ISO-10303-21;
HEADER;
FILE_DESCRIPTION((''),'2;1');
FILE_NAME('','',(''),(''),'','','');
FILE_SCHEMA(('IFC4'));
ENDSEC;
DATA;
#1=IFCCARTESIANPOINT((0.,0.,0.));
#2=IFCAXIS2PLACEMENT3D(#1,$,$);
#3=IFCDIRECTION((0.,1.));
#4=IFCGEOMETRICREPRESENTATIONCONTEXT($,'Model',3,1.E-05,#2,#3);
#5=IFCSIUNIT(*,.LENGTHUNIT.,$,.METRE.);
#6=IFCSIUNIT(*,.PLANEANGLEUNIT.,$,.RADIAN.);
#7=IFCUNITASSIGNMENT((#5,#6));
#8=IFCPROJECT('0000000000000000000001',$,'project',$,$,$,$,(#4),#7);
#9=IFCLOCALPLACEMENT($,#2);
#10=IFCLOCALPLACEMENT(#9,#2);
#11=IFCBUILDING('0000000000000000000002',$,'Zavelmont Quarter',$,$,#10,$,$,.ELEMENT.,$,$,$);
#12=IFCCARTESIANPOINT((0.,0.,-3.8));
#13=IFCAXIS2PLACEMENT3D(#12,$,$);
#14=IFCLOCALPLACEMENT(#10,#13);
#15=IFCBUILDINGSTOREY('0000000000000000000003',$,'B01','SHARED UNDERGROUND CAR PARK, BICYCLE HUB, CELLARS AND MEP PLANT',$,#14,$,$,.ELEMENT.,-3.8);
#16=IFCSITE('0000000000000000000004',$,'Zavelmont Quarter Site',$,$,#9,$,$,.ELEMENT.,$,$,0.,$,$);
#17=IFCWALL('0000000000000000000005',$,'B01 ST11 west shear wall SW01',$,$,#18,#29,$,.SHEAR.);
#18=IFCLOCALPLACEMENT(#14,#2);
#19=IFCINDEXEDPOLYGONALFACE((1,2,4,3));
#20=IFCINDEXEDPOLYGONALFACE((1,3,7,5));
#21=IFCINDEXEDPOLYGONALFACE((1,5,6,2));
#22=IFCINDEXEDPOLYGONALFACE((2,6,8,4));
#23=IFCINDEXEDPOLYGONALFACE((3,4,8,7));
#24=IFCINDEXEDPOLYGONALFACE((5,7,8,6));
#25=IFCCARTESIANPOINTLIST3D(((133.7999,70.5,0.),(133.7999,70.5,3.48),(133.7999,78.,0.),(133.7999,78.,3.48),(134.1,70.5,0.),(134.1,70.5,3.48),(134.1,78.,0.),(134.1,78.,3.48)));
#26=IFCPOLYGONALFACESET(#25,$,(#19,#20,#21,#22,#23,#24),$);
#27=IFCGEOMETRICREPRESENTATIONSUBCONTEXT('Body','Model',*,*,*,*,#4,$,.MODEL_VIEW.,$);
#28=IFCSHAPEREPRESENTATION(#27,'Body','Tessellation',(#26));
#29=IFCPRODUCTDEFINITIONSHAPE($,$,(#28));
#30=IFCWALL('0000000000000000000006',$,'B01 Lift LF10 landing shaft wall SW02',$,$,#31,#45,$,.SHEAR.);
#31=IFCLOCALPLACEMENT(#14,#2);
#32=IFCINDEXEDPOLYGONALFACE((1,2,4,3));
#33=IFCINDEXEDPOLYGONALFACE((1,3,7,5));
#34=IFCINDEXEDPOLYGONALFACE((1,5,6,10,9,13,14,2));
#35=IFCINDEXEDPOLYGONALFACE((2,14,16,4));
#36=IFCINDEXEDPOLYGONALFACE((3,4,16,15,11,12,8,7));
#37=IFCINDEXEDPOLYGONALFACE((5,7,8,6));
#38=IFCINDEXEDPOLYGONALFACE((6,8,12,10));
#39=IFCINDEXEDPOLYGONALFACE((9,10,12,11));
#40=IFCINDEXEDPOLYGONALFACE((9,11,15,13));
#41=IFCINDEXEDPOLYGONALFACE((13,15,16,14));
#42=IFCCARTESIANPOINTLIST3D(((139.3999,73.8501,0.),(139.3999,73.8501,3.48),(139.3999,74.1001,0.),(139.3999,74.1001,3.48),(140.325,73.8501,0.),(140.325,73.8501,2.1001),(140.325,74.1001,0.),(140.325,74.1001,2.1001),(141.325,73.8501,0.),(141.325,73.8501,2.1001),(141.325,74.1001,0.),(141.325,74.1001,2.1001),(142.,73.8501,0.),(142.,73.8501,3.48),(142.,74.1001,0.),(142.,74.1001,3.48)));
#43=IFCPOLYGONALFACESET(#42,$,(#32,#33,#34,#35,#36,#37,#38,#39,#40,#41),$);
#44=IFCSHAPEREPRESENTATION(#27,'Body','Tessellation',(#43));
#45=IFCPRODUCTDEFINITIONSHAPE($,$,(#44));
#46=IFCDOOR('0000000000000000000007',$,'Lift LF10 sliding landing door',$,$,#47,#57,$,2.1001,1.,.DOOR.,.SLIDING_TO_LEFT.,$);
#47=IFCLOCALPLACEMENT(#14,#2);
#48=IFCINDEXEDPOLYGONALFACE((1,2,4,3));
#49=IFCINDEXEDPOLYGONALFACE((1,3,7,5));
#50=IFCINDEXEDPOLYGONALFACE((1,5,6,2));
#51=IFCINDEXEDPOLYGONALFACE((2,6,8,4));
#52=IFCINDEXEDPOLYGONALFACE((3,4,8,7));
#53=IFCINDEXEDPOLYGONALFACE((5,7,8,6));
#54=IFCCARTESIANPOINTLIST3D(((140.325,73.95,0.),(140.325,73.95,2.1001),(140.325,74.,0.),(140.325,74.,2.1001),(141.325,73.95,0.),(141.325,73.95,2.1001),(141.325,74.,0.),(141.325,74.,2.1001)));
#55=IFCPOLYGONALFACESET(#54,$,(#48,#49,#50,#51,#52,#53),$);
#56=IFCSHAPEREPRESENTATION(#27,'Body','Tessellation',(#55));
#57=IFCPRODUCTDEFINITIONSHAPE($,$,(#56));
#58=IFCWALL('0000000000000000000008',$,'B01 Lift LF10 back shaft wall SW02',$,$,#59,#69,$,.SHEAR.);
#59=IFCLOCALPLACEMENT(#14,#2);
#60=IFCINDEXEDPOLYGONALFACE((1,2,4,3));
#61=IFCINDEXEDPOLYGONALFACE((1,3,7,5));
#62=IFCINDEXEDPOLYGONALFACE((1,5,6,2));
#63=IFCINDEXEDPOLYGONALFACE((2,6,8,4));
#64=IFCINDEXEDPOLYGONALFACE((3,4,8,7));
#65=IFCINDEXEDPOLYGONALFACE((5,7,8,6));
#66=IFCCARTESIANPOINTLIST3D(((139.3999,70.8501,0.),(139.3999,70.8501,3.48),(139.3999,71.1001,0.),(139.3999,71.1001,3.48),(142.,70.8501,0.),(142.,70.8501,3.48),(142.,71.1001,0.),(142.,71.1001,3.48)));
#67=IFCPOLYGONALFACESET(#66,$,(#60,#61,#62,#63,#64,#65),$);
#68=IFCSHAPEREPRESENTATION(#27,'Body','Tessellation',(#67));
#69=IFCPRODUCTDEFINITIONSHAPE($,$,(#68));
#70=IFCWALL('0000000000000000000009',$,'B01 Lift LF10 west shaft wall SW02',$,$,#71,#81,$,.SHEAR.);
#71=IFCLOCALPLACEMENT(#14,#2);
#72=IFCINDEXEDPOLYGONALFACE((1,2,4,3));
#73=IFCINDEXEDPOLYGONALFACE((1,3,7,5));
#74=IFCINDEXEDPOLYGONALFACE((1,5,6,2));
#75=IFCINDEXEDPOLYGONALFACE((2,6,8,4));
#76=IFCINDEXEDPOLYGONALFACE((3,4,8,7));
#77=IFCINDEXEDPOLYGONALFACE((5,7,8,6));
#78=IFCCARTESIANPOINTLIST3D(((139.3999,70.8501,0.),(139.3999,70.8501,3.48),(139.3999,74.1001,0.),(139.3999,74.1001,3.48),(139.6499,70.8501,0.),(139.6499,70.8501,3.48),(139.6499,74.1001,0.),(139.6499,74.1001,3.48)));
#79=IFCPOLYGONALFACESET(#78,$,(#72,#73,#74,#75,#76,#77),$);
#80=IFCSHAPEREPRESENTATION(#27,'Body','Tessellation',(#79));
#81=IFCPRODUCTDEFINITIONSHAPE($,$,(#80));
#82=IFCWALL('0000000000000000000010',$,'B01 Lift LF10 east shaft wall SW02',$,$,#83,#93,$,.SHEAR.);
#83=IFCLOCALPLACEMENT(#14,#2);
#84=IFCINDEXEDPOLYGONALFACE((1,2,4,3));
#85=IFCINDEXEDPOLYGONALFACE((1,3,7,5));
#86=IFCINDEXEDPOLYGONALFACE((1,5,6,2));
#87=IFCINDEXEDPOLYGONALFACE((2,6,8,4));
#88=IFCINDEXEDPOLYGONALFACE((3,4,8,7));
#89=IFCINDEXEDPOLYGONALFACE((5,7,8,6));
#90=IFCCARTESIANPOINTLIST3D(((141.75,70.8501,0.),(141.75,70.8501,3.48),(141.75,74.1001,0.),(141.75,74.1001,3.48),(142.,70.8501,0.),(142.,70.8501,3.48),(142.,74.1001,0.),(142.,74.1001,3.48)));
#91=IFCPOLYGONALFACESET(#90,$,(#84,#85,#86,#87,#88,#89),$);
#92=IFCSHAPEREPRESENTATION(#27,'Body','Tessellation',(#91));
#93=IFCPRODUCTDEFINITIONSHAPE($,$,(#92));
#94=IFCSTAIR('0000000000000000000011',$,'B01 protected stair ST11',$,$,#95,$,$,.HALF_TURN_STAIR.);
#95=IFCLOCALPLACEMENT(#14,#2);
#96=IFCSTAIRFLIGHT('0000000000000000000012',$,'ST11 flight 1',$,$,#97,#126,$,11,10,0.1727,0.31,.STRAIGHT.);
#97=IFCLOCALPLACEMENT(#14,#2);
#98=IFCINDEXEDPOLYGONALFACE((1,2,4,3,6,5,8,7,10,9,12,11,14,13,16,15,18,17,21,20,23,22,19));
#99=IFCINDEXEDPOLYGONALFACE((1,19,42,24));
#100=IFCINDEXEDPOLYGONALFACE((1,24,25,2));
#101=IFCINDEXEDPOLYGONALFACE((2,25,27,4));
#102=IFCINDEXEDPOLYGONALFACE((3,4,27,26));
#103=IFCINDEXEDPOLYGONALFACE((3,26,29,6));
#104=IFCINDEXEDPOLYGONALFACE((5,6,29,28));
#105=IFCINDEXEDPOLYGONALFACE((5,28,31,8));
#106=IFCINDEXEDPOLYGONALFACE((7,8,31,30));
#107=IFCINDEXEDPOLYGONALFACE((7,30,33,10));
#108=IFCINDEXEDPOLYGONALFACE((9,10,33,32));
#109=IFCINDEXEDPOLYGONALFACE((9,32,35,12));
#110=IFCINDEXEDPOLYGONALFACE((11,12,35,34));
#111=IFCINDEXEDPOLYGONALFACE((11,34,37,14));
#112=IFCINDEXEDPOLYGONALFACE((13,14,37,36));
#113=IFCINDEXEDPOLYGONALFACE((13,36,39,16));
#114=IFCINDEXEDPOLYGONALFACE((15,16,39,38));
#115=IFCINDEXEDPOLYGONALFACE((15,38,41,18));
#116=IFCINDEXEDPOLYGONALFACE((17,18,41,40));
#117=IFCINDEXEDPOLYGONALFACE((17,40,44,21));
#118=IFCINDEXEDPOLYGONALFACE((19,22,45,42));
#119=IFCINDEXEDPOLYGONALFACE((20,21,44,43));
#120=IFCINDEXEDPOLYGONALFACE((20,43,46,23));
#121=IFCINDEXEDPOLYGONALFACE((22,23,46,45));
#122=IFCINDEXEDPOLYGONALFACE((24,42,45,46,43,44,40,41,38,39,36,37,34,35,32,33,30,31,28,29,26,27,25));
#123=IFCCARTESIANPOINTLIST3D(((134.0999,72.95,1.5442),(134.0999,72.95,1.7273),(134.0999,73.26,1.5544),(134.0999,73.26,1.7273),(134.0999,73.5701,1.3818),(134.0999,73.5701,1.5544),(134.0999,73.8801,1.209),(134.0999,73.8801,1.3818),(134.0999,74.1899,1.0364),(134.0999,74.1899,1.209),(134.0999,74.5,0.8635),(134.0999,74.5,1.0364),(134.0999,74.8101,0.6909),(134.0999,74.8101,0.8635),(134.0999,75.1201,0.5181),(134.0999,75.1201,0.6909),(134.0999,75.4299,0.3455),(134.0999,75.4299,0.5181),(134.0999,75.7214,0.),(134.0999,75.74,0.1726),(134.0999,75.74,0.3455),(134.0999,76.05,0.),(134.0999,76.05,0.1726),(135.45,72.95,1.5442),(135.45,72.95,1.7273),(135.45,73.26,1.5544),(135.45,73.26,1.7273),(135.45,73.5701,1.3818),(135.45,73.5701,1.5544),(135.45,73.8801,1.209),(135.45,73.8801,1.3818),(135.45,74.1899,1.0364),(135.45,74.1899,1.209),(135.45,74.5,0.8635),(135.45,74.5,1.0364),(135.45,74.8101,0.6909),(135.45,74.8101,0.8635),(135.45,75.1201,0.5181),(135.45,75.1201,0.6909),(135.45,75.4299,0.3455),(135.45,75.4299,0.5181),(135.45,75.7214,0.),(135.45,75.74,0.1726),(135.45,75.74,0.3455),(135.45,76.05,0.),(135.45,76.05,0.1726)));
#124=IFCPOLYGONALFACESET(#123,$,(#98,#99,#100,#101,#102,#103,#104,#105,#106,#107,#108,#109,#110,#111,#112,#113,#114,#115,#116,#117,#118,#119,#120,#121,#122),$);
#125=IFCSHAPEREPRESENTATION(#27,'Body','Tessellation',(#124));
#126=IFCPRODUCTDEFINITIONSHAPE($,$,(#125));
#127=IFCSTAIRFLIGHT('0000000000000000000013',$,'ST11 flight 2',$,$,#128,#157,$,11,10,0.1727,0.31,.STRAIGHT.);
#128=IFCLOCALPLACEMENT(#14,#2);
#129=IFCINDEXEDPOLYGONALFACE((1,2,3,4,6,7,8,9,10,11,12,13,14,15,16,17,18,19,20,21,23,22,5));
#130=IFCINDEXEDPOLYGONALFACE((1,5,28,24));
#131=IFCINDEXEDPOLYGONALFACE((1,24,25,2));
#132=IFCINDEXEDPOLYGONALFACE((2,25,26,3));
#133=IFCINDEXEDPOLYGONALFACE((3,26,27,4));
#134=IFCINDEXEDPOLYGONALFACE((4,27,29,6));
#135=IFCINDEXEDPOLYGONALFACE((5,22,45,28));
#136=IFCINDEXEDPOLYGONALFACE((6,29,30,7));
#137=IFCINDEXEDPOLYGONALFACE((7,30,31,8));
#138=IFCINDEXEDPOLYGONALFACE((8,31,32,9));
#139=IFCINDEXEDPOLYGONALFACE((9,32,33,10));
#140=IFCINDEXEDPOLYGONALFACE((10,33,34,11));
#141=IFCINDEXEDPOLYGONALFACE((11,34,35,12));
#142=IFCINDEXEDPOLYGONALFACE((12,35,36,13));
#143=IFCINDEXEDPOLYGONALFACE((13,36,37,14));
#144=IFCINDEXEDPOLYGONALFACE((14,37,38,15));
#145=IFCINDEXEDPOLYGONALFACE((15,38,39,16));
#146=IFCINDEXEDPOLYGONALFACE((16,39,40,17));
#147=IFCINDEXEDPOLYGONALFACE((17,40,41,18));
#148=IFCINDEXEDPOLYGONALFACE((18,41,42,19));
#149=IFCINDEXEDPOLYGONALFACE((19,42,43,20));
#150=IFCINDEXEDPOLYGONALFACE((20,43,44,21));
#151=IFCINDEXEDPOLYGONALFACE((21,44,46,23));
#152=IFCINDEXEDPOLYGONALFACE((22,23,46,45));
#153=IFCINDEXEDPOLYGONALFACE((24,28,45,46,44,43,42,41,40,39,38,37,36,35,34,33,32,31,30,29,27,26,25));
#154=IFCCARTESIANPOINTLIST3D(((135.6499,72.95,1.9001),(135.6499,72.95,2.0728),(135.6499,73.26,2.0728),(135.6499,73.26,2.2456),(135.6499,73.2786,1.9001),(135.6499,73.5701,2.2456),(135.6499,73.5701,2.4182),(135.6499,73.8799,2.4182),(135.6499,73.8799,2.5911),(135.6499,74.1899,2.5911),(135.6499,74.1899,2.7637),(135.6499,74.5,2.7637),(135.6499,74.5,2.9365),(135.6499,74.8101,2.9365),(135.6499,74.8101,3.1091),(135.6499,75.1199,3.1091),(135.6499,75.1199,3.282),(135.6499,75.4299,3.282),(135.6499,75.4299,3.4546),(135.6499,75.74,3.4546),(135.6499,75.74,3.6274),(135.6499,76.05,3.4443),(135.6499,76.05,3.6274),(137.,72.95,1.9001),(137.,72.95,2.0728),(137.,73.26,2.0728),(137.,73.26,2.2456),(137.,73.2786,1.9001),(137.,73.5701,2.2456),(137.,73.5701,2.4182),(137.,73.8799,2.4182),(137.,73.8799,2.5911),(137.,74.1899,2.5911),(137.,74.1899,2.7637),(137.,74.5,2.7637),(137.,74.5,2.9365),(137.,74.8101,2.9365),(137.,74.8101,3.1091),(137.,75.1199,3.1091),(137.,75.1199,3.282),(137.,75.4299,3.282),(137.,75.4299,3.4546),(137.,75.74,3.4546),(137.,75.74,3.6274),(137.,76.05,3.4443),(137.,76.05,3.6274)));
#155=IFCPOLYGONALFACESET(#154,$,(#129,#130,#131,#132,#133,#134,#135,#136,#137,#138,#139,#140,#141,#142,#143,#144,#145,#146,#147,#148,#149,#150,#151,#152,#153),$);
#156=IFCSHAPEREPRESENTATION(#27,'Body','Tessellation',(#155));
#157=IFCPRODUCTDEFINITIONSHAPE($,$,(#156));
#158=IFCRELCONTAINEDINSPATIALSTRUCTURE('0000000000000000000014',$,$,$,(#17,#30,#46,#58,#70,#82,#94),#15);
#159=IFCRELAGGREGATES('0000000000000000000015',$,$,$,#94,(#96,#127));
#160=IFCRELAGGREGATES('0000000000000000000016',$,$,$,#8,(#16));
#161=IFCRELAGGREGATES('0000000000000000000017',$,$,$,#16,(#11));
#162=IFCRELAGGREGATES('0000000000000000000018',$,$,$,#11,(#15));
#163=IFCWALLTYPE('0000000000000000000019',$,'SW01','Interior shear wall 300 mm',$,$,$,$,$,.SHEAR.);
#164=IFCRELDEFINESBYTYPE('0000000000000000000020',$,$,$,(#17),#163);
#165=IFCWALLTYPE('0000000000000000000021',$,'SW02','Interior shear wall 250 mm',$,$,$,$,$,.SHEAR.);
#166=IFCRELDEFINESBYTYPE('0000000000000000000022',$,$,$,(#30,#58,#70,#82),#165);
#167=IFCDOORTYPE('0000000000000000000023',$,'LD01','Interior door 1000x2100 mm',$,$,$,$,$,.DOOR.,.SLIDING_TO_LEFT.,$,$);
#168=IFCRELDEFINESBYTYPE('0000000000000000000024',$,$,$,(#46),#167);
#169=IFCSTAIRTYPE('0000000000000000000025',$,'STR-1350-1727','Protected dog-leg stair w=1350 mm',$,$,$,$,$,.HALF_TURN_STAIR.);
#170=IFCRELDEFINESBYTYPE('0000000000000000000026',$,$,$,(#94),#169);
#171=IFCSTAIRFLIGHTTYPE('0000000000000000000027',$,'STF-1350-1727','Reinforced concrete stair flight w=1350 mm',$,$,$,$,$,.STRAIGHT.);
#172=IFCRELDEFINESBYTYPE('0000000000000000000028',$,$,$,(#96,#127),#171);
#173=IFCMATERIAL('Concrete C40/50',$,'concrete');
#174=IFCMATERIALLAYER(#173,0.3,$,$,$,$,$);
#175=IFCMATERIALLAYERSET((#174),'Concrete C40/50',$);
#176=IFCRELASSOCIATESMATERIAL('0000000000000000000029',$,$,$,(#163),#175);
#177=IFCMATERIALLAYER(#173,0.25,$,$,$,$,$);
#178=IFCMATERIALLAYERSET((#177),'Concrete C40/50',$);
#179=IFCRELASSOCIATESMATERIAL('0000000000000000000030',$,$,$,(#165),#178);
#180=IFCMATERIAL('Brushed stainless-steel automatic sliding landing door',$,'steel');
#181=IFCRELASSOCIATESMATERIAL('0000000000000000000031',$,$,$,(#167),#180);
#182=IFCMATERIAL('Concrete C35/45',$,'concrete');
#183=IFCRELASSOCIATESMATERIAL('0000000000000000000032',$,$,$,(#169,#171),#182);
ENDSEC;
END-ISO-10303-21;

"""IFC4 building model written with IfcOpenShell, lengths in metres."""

from ifc_helpers import new_model, si_unit, direction, frame, frame_2d, origin, origin_with_axes, place, context, subcontext, project, spatial, polyline, rectangle, outline, extrude, material, layer, layer_set, type_object, element, fill, aggregate, save


model = new_model("IFC4")

# Units and contexts
model_context = context("Model", 3, precision=1e-05, world=origin(), true_north=direction((0.0, 1.0)))
body_context = subcontext(model_context, "Body", "Model", "MODEL_VIEW")
ifc_project = project(units=[si_unit("LENGTHUNIT", "METRE"), si_unit("PLANEANGLEUNIT", "RADIAN")], contexts=[model_context])

# Site, building, storey
site_placement = place(None, origin())
site = spatial("IfcSite", under=ifc_project, at=site_placement, Name="Zavelmont Quarter Site", CompositionType="ELEMENT", RefElevation=0.0)
building_placement = place(site_placement, origin())
building = spatial("IfcBuilding", under=site, at=building_placement, Name="Zavelmont Quarter", CompositionType="ELEMENT")
storey_placement = place(building_placement, frame((0.0, 0.0, -3.8)))
storey = spatial("IfcBuildingStorey", under=building, at=storey_placement, Name="B01", Description="SHARED UNDERGROUND CAR PARK, BICYCLE HUB, CELLARS AND MEP PLANT", CompositionType="ELEMENT", Elevation=-3.8)

# Shared definitions
ifc_material_1 = material(Name="Concrete C35/45", Category="concrete")

# Shared definitions
ifc_material_2 = material(Name="Concrete C40/50", Category="concrete")

# Wall
ifc_layer_1 = layer(ifc_material_2, 0.3)
ifc_layer_set_1 = layer_set([ifc_layer_1], Name="Concrete C40/50")
wall_type_1 = type_object("IfcWallType", Name="SW01", Description="Interior shear wall 300 mm", PredefinedType="SHEAR", material=ifc_layer_set_1)
wall_1_placement = place(storey_placement, frame((133.95, 70.5, 0.0), z_axis=(0.0, 0.0, 1.0), x_axis=(0.0, 1.0, 0.0)))
element("IfcWall", 1, at=wall_1_placement, inside=storey, type_object=wall_type_1, Name="B01 ST11 west shear wall SW01", PredefinedType="SHEAR", context=body_context, shape_type="SweptSolid", body=[
    extrude(rectangle(XDim=7.5, YDim=0.3, at=frame_2d((3.75, 0.0))), origin(), (0.0, 0.0, 1.0), 3.48),
])

# Wall, opening, door
ifc_layer_2 = layer(ifc_material_2, 0.25)
ifc_layer_set_2 = layer_set([ifc_layer_2], Name="Concrete C40/50")
wall_type_2 = type_object("IfcWallType", Name="SW02", Description="Interior shear wall 250 mm", PredefinedType="SHEAR", material=ifc_layer_set_2)
wall_2_placement = place(storey_placement, frame((139.3999, 73.9751, 0.0), z_axis=(0.0, 0.0, 1.0), x_axis=(1.0, 0.0, 0.0)))
wall_2 = element("IfcWall", 2, at=wall_2_placement, inside=storey, type_object=wall_type_2, Name="B01 Lift LF10 landing shaft wall SW02", PredefinedType="SHEAR", context=body_context, shape_type="SweptSolid", body=[
    extrude(rectangle(XDim=2.6001, YDim=0.25, at=frame_2d((1.3, 0.0))), origin(), (0.0, 0.0, 1.0), 3.48),
])
opening_1_placement = place(wall_2_placement, frame((0.925, 0.0, 0.0)))
opening_1 = element("IfcOpeningElement", 3, at=opening_1_placement, cuts=wall_2, PredefinedType="OPENING", context=body_context, shape_type="SweptSolid", body=[
    extrude(rectangle(XDim=1.0, YDim=2.1001, at=frame_2d((0.5, 1.05))), frame((0.0, 0.137, 0.0), z_axis=(0.0, -1.0, 0.0), x_axis=(1.0, 0.0, 0.0)), (0.0, 0.0, 1.0), 0.2739),
])
ifc_material_3 = material(Name="Brushed stainless-steel automatic sliding landing door", Category="steel")
door_type_1 = type_object("IfcDoorType", Name="LD01", Description="Interior door 1000x2100 mm", OperationType="SLIDING_TO_LEFT", PredefinedType="DOOR", material=ifc_material_3)
door_1_placement = place(opening_1_placement, origin_with_axes())
door_1 = element("IfcDoor", 4, at=door_1_placement, inside=storey, type_object=door_type_1, Name="Lift LF10 sliding landing door", OperationType="SLIDING_TO_LEFT", OverallHeight=2.1001, OverallWidth=1.0, PredefinedType="DOOR", context=body_context, shape_type="SweptSolid", body=[
    extrude(rectangle(XDim=1.0, YDim=2.1001, at=frame_2d((0.5, 1.05))), frame((0.0, 0.0249, 0.0), z_axis=(0.0, -1.0, 0.0), x_axis=(1.0, 0.0, 0.0)), (0.0, 0.0, 1.0), 0.05),
])
fill(opening_1, door_1)

# Walls
wall_3_placement = place(storey_placement, frame((139.3999, 70.9751, 0.0), z_axis=(0.0, 0.0, 1.0), x_axis=(1.0, 0.0, 0.0)))
element("IfcWall", 5, at=wall_3_placement, inside=storey, type_object=wall_type_2, Name="B01 Lift LF10 back shaft wall SW02", PredefinedType="SHEAR", context=body_context, shape_type="SweptSolid", body=[
    extrude(rectangle(XDim=2.6001, YDim=0.25, at=frame_2d((1.3, 0.0))), origin(), (0.0, 0.0, 1.0), 3.48),
])
for number, where, z_axis, x_axis, name in (
    (6, (139.5249, 70.8501, 0.0), (0.0, 0.0, 1.0), (0.0, 1.0, 0.0), "B01 Lift LF10 west shaft wall SW02"),
    (7, (141.875, 70.8501, 0.0), (0.0, 0.0, 1.0), (0.0, 1.0, 0.0), "B01 Lift LF10 east shaft wall SW02"),
):
    element("IfcWall", number, at=place(storey_placement, frame(where, z_axis=z_axis, x_axis=x_axis)), inside=storey, type_object=wall_type_2, Name=name, PredefinedType="SHEAR", context=body_context, shape_type="SweptSolid", body=[
        extrude(rectangle(XDim=3.25, YDim=0.25, at=frame_2d((1.625, 0.0))), origin(), (0.0, 0.0, 1.0), 3.48),
    ])

# Stair, stair flights
stair_type = type_object("IfcStairType", Name="STR-1350-1727", Description="Protected dog-leg stair w=1350 mm", PredefinedType="HALF_TURN_STAIR", material=ifc_material_1)
stair_placement = place(storey_placement, origin())
stair = element("IfcStair", 8, at=stair_placement, inside=storey, type_object=stair_type, Name="B01 protected stair ST11", PredefinedType="HALF_TURN_STAIR")
stair_flight_type = type_object("IfcStairFlightType", Name="STF-1350-1727", Description="Reinforced concrete stair flight w=1350 mm", PredefinedType="STRAIGHT", material=ifc_material_1)
stair_flight_1_placement = place(storey_placement, frame((134.7749, 76.05, 0.0), z_axis=(0.0, 0.0, 1.0), x_axis=(0.0, -1.0, 0.0)))
stair_flight_1 = element("IfcStairFlight", 9, at=stair_flight_1_placement, type_object=stair_flight_type, Name="ST11 flight 1", NumberOfRisers=11, NumberOfTreads=10, PredefinedType="STRAIGHT", RiserHeight=0.1727, TreadLength=0.31, context=body_context, shape_type="SweptSolid", body=[
    extrude(outline(polyline([(0.0, 0.0), (0.0, 0.1726), (0.3101, 0.1726), (0.3101, 0.3455), (0.6201, 0.3455), (0.6201, 0.5181), (0.9299, 0.5181), (0.9299, 0.6909), (1.24, 0.6909), (1.24, 0.8635), (1.55, 0.8635), (1.55, 1.0364), (1.8601, 1.0364), (1.8601, 1.209), (2.1699, 1.209), (2.1699, 1.3818), (2.48, 1.3818), (2.48, 1.5544), (2.79, 1.5544), (2.79, 1.7273), (3.1001, 1.7273), (3.1001, 1.8999), (3.1001, 1.5442), (0.3286, 0.0), (0.0, 0.0)])), frame((0.0, 0.675, 0.0), z_axis=(0.0, -1.0, 0.0), x_axis=(1.0, 0.0, 0.0)), (0.0, 0.0, 1.0), 1.3501),
])
stair_flight_2_placement = place(storey_placement, frame((136.325, 72.95, 1.9001), z_axis=(0.0, 0.0, 1.0), x_axis=(0.0, 1.0, 0.0)))
stair_flight_2 = element("IfcStairFlight", 10, at=stair_flight_2_placement, type_object=stair_flight_type, Name="ST11 flight 2", NumberOfRisers=11, NumberOfTreads=10, PredefinedType="STRAIGHT", RiserHeight=0.1727, TreadLength=0.31, context=body_context, shape_type="SweptSolid", body=[
    extrude(outline(polyline([(0.0, 0.0), (0.0, 0.1726), (0.3101, 0.1726), (0.3101, 0.3455), (0.6201, 0.3455), (0.6201, 0.5181), (0.9299, 0.5181), (0.9299, 0.6909), (1.24, 0.6909), (1.24, 0.8635), (1.55, 0.8635), (1.55, 1.0364), (1.8601, 1.0364), (1.8601, 1.209), (2.1699, 1.209), (2.1699, 1.3818), (2.48, 1.3818), (2.48, 1.5544), (2.79, 1.5544), (2.79, 1.7273), (3.1001, 1.7273), (3.1001, 1.8999), (3.1001, 1.5442), (0.3286, 0.0), (0.0, 0.0)])), frame((0.0, 0.675, 0.0), z_axis=(0.0, -1.0, 0.0), x_axis=(1.0, 0.0, 0.0)), (0.0, 0.0, 1.0), 1.3501),
])
aggregate(stair, [stair_flight_1, stair_flight_2])

save(model, "model.ifc")
